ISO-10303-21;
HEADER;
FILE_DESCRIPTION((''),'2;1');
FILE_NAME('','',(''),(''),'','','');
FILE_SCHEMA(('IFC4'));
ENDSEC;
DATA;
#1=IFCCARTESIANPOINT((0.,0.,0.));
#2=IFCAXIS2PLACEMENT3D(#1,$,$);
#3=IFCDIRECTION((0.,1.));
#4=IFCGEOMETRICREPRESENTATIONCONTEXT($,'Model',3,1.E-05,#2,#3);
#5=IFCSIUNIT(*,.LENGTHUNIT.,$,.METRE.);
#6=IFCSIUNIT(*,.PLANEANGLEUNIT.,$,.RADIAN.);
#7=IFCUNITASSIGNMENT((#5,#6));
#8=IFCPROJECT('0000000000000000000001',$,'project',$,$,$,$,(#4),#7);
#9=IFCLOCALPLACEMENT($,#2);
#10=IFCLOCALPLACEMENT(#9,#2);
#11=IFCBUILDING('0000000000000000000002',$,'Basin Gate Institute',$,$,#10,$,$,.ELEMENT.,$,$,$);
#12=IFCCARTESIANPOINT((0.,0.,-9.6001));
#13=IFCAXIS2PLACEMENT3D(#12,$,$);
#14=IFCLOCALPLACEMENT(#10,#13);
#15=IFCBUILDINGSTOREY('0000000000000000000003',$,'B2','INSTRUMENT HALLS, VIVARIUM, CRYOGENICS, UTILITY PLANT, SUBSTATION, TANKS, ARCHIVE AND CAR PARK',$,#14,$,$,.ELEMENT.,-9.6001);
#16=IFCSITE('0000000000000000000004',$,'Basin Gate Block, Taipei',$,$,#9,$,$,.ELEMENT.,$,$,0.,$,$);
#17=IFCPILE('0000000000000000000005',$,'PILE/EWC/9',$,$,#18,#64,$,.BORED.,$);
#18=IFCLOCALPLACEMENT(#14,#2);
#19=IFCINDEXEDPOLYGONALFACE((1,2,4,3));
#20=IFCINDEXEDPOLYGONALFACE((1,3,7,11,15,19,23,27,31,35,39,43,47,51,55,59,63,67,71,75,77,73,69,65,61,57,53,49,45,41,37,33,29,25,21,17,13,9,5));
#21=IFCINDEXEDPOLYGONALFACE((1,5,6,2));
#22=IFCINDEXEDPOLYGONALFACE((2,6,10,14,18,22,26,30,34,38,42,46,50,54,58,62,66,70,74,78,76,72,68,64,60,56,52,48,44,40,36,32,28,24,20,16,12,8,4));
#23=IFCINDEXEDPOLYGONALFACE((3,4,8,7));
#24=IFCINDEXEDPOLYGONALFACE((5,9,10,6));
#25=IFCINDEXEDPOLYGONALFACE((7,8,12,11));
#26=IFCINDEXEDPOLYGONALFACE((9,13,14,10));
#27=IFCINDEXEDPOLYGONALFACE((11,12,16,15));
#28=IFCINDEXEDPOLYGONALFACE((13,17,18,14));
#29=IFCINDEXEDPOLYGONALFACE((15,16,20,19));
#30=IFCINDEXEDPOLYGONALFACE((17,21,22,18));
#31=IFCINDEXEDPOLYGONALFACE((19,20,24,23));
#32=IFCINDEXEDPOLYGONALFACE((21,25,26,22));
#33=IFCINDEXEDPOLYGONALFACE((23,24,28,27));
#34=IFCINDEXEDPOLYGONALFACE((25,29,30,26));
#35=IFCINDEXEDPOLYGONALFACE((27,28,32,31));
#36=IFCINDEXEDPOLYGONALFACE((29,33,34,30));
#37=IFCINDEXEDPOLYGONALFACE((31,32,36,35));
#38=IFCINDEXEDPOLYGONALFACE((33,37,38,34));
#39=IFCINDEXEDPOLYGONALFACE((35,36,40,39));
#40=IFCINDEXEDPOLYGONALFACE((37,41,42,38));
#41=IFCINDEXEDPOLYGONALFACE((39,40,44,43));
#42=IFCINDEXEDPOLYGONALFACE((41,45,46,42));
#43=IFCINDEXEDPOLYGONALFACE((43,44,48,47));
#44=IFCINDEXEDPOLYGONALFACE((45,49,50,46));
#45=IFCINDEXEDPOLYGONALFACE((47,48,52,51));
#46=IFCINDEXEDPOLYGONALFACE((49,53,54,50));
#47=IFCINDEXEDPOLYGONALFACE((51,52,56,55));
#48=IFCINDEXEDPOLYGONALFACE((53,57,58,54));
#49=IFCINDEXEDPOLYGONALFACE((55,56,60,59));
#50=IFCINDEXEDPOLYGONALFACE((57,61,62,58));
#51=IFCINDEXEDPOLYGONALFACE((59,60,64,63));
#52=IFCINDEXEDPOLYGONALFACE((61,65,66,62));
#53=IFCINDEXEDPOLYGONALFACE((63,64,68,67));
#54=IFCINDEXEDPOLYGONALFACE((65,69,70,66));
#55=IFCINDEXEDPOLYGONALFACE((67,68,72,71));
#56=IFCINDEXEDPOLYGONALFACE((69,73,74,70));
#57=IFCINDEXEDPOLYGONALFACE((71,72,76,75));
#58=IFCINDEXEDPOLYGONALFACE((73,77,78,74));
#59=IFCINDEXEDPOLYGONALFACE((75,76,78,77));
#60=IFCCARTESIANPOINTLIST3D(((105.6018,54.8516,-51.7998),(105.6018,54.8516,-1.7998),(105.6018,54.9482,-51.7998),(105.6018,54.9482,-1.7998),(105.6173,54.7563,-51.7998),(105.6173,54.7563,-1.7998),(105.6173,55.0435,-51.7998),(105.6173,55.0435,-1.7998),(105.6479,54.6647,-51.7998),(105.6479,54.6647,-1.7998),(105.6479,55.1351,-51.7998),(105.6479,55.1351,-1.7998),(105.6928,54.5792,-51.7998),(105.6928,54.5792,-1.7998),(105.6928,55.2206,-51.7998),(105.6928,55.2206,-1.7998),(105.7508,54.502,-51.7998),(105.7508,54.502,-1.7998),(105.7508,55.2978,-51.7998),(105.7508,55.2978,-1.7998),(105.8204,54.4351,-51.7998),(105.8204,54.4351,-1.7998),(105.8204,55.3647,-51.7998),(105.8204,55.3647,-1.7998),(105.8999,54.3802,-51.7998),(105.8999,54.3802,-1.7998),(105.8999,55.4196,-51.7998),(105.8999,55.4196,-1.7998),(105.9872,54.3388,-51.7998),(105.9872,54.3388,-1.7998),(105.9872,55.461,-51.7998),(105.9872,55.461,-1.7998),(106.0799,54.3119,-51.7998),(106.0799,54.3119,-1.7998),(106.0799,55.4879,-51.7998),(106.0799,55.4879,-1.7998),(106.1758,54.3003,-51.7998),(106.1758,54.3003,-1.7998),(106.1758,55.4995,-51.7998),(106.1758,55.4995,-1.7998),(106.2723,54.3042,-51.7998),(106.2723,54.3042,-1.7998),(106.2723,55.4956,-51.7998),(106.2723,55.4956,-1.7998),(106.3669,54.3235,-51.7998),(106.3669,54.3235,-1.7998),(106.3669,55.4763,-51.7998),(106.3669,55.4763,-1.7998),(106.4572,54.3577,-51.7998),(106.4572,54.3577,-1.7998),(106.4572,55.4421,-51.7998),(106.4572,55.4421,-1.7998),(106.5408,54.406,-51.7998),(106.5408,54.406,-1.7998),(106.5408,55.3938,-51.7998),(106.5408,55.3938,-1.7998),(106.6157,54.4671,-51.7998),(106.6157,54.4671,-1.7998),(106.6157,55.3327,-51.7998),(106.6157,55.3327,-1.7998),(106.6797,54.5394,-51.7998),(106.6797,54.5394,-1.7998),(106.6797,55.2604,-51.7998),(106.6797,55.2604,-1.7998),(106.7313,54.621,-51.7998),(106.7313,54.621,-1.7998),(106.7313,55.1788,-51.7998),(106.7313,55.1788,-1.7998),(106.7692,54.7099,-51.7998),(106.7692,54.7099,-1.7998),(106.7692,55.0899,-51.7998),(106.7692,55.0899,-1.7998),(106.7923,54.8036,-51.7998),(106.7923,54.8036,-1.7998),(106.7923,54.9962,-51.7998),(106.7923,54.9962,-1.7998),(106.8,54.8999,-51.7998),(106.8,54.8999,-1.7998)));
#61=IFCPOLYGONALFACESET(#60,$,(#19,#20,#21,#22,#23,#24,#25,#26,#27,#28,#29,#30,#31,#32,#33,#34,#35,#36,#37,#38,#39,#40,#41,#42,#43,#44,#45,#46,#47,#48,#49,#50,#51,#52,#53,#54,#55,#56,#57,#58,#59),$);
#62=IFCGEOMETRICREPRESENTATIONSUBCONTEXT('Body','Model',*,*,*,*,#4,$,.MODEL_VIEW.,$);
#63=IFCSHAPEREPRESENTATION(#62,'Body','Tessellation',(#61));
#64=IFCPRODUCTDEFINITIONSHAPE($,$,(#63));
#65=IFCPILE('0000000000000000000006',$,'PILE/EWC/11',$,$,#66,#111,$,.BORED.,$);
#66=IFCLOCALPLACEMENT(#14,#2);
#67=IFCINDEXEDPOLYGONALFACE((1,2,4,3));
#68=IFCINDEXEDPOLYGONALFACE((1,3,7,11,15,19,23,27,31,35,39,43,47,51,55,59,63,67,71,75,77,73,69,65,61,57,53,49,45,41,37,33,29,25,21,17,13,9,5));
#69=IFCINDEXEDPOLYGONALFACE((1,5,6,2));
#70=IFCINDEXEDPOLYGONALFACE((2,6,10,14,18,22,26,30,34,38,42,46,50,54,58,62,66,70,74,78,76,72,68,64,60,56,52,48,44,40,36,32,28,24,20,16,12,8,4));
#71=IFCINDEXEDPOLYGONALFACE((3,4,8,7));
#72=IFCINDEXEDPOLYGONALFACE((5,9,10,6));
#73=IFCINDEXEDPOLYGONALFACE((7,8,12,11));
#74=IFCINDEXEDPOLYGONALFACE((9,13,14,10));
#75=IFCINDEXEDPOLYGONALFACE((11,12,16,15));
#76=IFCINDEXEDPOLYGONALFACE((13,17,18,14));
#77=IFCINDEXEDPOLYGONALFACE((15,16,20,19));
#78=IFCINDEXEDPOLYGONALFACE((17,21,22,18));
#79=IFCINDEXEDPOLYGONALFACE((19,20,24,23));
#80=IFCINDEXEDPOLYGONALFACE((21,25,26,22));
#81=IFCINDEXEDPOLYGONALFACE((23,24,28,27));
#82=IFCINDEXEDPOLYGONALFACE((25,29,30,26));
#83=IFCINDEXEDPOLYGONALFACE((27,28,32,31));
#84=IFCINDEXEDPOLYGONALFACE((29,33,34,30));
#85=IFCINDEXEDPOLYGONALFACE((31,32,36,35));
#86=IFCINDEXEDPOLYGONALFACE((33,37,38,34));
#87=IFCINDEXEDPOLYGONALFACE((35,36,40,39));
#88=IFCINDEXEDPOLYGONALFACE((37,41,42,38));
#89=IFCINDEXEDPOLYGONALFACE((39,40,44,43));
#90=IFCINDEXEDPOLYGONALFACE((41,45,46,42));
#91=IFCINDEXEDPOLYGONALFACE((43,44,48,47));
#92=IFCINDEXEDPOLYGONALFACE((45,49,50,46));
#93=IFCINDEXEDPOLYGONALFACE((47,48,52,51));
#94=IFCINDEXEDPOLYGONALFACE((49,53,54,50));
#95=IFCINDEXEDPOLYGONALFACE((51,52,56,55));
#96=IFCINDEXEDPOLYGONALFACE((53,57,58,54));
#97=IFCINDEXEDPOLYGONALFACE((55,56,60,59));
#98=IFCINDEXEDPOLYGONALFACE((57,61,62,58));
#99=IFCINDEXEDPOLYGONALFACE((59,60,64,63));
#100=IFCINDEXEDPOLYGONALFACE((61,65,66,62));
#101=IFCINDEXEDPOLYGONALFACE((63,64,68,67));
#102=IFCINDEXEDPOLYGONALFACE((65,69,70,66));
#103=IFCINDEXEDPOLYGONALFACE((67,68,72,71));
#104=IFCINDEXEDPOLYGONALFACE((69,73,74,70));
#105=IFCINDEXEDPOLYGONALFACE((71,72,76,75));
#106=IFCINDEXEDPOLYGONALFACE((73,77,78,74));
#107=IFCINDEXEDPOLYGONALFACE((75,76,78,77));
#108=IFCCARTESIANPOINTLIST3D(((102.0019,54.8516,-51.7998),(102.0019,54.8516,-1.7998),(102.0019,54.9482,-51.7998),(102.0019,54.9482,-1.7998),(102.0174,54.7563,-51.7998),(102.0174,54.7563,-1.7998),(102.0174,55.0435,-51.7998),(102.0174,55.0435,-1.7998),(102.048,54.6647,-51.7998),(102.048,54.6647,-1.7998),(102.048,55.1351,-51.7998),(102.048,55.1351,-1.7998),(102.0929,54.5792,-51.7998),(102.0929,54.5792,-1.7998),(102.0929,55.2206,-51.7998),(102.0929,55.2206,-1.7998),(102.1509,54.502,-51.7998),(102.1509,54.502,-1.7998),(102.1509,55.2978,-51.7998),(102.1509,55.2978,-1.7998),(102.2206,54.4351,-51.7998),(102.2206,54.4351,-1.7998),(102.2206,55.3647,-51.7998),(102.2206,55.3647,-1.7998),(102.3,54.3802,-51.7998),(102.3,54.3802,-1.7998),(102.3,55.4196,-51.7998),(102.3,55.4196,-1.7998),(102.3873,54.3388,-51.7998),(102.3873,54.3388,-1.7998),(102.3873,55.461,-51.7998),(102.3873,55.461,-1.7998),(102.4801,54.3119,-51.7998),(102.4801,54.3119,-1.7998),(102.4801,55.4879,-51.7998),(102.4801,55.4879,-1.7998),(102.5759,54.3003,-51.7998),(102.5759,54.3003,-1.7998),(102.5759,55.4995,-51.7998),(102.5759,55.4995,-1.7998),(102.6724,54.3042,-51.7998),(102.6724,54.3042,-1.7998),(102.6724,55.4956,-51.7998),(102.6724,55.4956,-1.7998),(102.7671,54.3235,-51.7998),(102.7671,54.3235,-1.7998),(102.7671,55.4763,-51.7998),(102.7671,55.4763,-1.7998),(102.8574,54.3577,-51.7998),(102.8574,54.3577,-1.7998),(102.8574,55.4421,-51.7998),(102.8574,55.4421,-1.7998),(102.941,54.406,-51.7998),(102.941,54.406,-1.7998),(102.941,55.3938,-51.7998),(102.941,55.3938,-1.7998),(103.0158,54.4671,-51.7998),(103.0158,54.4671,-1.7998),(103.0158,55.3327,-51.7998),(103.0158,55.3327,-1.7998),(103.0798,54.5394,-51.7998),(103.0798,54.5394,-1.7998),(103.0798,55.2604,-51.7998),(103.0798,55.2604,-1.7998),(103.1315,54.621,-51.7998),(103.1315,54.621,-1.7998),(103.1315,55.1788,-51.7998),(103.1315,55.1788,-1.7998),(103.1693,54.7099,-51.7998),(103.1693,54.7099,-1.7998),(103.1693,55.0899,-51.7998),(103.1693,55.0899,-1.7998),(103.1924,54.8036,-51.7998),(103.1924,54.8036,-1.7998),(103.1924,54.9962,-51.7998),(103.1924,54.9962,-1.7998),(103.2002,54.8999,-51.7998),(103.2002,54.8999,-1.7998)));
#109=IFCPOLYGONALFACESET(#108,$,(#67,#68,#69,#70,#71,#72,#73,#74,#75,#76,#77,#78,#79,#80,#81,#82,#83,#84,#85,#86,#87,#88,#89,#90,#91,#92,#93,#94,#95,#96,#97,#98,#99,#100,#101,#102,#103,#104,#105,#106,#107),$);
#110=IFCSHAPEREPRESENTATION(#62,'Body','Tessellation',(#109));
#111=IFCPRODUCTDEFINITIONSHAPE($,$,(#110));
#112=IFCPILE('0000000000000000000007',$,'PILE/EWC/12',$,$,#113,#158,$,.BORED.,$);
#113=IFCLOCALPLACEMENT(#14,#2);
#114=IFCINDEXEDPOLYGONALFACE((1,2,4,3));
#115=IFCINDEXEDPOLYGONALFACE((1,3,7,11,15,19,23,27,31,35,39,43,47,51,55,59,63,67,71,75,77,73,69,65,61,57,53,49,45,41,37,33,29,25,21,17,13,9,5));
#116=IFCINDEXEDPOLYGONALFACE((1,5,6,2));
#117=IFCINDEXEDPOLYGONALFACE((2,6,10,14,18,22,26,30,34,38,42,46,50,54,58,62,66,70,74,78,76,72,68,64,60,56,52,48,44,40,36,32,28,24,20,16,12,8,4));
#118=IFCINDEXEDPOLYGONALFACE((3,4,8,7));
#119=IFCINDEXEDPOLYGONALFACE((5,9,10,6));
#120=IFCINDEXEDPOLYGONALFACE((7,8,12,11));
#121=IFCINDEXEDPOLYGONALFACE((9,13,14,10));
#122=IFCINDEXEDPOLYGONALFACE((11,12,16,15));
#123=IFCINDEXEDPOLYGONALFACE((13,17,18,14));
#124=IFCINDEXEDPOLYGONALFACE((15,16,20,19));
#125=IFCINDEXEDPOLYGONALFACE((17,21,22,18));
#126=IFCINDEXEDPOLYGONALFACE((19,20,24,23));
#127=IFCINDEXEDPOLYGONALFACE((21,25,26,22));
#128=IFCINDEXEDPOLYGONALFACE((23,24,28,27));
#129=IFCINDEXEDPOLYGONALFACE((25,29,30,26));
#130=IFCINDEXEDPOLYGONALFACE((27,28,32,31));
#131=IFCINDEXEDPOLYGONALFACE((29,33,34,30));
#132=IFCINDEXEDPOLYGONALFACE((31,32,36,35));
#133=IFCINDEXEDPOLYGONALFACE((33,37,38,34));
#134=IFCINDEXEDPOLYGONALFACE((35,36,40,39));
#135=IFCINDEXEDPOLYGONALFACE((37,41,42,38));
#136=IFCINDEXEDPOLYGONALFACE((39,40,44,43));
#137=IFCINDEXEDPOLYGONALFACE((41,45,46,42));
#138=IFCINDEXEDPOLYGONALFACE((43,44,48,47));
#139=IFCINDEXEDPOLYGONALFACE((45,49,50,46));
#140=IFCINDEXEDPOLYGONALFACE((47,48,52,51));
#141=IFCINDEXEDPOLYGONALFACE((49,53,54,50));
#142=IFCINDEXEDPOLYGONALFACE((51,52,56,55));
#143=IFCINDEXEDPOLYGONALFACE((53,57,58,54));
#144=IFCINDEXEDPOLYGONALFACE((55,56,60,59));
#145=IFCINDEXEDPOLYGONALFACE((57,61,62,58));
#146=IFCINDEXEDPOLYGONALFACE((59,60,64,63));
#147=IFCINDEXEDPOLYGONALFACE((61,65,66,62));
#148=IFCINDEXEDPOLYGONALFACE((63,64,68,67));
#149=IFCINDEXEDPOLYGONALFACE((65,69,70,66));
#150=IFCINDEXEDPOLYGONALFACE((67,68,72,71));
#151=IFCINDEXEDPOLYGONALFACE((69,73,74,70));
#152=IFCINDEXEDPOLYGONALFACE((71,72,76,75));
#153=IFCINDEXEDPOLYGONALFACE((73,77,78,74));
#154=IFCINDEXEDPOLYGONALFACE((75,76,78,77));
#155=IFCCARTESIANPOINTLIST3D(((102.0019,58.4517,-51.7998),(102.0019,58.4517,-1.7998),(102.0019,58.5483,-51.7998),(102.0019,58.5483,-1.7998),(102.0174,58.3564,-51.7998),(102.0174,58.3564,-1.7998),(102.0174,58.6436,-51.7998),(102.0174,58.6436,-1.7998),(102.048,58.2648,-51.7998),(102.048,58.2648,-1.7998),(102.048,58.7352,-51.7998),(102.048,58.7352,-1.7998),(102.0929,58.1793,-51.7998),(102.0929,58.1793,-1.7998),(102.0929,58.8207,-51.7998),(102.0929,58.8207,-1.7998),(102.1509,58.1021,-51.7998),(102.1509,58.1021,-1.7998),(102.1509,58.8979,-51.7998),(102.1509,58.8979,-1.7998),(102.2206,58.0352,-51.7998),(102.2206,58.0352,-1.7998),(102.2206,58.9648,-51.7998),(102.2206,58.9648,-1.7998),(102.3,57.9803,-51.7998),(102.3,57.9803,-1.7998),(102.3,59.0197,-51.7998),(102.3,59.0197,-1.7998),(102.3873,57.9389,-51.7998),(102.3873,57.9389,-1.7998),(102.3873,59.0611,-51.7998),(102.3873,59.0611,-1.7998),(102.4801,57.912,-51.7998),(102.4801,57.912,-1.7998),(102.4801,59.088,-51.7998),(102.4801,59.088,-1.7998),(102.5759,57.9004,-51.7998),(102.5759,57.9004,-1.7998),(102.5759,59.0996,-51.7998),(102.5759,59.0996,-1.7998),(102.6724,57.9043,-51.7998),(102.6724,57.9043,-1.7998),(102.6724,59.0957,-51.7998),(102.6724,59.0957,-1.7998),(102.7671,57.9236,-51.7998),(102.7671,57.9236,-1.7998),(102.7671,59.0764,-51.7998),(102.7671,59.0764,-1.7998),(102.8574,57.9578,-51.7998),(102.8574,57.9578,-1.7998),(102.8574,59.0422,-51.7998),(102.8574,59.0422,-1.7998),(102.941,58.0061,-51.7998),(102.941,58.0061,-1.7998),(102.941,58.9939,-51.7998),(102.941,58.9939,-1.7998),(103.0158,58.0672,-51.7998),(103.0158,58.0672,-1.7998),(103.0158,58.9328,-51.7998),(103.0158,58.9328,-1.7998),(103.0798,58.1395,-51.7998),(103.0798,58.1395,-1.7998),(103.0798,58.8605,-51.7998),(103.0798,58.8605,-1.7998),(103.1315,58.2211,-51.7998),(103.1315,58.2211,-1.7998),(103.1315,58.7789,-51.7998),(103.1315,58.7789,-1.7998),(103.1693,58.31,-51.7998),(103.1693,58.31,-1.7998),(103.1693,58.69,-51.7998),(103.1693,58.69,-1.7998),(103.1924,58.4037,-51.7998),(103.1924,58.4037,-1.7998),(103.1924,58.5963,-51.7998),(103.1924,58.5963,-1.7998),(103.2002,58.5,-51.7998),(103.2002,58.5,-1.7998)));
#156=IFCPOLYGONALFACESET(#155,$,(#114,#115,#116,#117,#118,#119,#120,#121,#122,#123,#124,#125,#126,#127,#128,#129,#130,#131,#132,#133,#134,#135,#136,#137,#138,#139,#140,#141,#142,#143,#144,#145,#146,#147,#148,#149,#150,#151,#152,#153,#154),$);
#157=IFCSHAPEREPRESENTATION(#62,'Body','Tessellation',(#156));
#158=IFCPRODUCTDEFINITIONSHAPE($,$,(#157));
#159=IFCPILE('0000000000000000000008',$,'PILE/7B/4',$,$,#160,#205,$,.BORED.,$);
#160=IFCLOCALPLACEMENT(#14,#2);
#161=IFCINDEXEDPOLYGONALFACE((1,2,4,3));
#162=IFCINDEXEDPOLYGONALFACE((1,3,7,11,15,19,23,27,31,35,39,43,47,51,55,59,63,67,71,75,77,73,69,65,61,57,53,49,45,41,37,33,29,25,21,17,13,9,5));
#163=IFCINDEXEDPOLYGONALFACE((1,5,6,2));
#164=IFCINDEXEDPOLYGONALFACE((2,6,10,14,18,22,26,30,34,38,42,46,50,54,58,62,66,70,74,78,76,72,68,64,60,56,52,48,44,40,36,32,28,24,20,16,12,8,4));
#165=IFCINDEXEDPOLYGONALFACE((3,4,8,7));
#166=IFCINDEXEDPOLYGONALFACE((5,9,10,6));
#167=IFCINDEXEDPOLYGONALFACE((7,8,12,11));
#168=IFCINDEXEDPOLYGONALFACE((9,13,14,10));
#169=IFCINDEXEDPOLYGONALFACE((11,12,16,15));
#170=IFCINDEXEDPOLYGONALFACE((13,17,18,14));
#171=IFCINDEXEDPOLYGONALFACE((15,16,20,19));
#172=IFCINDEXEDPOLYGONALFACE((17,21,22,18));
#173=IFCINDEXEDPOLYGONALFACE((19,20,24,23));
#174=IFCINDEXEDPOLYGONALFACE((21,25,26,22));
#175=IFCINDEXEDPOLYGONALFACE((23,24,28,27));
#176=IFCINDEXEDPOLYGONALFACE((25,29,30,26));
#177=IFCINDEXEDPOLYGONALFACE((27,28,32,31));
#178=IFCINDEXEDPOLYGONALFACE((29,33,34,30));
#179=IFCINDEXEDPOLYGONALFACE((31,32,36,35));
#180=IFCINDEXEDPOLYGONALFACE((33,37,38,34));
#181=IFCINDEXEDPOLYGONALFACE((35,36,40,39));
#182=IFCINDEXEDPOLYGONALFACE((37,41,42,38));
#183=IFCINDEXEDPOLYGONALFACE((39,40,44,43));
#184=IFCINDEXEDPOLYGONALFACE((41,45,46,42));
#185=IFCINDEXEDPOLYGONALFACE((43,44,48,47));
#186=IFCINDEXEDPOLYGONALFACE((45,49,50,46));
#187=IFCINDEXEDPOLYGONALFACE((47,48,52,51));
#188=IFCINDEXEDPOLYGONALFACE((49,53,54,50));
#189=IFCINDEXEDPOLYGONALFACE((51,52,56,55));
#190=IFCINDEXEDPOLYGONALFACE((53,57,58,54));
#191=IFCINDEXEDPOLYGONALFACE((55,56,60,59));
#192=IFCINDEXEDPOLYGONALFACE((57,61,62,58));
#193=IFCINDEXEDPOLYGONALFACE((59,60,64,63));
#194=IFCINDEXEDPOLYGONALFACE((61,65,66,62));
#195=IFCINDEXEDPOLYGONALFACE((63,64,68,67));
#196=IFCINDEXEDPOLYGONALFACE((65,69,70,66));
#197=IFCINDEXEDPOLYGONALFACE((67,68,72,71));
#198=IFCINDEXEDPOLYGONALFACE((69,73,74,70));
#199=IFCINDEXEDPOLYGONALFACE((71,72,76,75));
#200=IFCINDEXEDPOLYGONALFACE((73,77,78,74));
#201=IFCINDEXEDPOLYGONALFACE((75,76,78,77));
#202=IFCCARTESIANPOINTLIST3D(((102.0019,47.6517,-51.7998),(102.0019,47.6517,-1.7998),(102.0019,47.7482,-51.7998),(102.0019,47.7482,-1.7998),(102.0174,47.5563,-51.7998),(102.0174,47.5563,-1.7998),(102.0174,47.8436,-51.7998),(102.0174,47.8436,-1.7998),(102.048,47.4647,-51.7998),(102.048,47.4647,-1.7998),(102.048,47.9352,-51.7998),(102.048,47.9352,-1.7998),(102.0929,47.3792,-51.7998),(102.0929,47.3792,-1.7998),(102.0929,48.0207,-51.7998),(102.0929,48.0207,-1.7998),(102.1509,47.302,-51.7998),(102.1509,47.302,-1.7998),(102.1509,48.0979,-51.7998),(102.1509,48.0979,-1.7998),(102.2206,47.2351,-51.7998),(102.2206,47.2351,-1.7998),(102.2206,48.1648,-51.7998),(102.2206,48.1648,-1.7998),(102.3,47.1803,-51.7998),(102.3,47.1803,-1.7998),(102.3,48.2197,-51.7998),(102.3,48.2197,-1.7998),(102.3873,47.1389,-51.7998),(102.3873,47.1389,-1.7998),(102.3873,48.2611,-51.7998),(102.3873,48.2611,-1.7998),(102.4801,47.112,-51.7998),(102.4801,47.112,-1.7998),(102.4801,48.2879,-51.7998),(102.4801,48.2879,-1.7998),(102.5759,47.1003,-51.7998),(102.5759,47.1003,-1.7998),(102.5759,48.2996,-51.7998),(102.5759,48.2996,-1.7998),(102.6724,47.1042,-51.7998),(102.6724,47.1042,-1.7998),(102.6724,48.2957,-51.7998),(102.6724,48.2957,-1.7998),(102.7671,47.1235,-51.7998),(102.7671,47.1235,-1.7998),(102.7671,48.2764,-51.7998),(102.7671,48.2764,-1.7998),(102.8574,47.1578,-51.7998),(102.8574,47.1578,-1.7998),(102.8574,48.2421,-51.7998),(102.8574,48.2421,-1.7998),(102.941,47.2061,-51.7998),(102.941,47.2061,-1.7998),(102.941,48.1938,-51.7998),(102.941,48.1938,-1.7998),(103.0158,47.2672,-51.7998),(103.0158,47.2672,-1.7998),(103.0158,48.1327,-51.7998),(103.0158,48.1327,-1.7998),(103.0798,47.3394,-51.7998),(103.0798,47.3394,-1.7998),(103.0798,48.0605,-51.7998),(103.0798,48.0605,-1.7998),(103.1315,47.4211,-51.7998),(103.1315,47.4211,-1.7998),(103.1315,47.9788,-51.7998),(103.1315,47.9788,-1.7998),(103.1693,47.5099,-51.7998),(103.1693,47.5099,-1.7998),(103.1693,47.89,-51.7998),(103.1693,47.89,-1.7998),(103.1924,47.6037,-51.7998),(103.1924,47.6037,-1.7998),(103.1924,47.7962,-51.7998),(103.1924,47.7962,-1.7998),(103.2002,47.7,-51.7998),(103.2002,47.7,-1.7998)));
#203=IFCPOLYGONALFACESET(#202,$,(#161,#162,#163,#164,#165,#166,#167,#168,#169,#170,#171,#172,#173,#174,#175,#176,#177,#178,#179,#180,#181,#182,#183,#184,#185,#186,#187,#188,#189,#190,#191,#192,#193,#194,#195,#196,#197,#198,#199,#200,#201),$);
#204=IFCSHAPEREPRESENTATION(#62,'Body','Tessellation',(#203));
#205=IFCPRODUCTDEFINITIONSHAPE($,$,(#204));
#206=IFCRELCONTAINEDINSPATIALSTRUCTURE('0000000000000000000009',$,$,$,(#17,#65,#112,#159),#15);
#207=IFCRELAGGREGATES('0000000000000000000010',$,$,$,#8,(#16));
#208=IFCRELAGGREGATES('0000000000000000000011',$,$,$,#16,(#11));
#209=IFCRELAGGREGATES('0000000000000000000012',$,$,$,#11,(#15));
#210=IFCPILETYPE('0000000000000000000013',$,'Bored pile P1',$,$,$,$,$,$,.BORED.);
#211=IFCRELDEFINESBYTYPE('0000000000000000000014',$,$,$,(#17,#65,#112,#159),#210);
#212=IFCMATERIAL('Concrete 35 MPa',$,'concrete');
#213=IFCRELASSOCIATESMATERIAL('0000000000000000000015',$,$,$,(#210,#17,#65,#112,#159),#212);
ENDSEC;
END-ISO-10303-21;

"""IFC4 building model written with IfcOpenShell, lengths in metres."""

from ifc_helpers import new_model, si_unit, direction, frame, origin, origin_2d, place, context, subcontext, project, spatial, circle, extrude, material, material_profile, profile_set, type_object, element, save


model = new_model("IFC4")

# Units and contexts
model_context = context("Model", 3, precision=1e-05, world=origin(), true_north=direction((0.0, 1.0)))
body_context = subcontext(model_context, "Body", "Model", "MODEL_VIEW")
ifc_project = project(units=[si_unit("LENGTHUNIT", "METRE"), si_unit("PLANEANGLEUNIT", "RADIAN")], contexts=[model_context])

# Site, building, storey
site_placement = place(None, origin())
site = spatial("IfcSite", under=ifc_project, at=site_placement, Name="Basin Gate Block, Taipei", CompositionType="ELEMENT", RefElevation=0.0)
building_placement = place(site_placement, origin())
building = spatial("IfcBuilding", under=site, at=building_placement, Name="Basin Gate Institute", CompositionType="ELEMENT")
storey_placement = place(building_placement, frame((0.0, 0.0, -9.6001)))
storey = spatial("IfcBuildingStorey", under=building, at=storey_placement, Name="B2", Description="INSTRUMENT HALLS, VIVARIUM, CRYOGENICS, UTILITY PLANT, SUBSTATION, TANKS, ARCHIVE AND CAR PARK", CompositionType="ELEMENT", Elevation=-9.6001)

# Piles
ifc_material_1 = material(Name="Concrete 35 MPa", Category="concrete")
ifc_material_profile_1 = material_profile(ifc_material_1, circle(Radius=0.6001, at=origin_2d()), Name="Bored pile P1 1200 dia")
ifc_profile_set_1 = profile_set([ifc_material_profile_1], Name="Concrete 35 MPa")
pile_type = type_object("IfcPileType", Name="Bored pile P1", PredefinedType="BORED", material=ifc_profile_set_1)
for number, where, z_axis, x_axis, name in (
    (1, (106.2, 54.8999, -1.7998), (0.0, 0.0, -1.0), (1.0, 0.0, 0.0), "PILE/EWC/9"),
    (2, (102.6001, 54.8999, -1.7998), (0.0, 0.0, -1.0), (1.0, 0.0, 0.0), "PILE/EWC/11"),
    (3, (102.6001, 58.5, -1.7998), (0.0, 0.0, -1.0), (1.0, 0.0, 0.0), "PILE/EWC/12"),
    (4, (102.6001, 47.7, -1.7998), (0.0, 0.0, -1.0), (1.0, 0.0, 0.0), "PILE/7B/4"),
):
    element("IfcPile", number, at=place(storey_placement, frame(where, z_axis=z_axis, x_axis=x_axis)), inside=storey, type_object=pile_type, material=ifc_profile_set_1, Name=name, PredefinedType="BORED", context=body_context, shape_type="SweptSolid", body=[
        extrude(circle(Radius=0.6001, at=origin_2d()), origin(), (0.0, 0.0, 1.0), 50.0),
    ])

save(model, "model.ifc")
